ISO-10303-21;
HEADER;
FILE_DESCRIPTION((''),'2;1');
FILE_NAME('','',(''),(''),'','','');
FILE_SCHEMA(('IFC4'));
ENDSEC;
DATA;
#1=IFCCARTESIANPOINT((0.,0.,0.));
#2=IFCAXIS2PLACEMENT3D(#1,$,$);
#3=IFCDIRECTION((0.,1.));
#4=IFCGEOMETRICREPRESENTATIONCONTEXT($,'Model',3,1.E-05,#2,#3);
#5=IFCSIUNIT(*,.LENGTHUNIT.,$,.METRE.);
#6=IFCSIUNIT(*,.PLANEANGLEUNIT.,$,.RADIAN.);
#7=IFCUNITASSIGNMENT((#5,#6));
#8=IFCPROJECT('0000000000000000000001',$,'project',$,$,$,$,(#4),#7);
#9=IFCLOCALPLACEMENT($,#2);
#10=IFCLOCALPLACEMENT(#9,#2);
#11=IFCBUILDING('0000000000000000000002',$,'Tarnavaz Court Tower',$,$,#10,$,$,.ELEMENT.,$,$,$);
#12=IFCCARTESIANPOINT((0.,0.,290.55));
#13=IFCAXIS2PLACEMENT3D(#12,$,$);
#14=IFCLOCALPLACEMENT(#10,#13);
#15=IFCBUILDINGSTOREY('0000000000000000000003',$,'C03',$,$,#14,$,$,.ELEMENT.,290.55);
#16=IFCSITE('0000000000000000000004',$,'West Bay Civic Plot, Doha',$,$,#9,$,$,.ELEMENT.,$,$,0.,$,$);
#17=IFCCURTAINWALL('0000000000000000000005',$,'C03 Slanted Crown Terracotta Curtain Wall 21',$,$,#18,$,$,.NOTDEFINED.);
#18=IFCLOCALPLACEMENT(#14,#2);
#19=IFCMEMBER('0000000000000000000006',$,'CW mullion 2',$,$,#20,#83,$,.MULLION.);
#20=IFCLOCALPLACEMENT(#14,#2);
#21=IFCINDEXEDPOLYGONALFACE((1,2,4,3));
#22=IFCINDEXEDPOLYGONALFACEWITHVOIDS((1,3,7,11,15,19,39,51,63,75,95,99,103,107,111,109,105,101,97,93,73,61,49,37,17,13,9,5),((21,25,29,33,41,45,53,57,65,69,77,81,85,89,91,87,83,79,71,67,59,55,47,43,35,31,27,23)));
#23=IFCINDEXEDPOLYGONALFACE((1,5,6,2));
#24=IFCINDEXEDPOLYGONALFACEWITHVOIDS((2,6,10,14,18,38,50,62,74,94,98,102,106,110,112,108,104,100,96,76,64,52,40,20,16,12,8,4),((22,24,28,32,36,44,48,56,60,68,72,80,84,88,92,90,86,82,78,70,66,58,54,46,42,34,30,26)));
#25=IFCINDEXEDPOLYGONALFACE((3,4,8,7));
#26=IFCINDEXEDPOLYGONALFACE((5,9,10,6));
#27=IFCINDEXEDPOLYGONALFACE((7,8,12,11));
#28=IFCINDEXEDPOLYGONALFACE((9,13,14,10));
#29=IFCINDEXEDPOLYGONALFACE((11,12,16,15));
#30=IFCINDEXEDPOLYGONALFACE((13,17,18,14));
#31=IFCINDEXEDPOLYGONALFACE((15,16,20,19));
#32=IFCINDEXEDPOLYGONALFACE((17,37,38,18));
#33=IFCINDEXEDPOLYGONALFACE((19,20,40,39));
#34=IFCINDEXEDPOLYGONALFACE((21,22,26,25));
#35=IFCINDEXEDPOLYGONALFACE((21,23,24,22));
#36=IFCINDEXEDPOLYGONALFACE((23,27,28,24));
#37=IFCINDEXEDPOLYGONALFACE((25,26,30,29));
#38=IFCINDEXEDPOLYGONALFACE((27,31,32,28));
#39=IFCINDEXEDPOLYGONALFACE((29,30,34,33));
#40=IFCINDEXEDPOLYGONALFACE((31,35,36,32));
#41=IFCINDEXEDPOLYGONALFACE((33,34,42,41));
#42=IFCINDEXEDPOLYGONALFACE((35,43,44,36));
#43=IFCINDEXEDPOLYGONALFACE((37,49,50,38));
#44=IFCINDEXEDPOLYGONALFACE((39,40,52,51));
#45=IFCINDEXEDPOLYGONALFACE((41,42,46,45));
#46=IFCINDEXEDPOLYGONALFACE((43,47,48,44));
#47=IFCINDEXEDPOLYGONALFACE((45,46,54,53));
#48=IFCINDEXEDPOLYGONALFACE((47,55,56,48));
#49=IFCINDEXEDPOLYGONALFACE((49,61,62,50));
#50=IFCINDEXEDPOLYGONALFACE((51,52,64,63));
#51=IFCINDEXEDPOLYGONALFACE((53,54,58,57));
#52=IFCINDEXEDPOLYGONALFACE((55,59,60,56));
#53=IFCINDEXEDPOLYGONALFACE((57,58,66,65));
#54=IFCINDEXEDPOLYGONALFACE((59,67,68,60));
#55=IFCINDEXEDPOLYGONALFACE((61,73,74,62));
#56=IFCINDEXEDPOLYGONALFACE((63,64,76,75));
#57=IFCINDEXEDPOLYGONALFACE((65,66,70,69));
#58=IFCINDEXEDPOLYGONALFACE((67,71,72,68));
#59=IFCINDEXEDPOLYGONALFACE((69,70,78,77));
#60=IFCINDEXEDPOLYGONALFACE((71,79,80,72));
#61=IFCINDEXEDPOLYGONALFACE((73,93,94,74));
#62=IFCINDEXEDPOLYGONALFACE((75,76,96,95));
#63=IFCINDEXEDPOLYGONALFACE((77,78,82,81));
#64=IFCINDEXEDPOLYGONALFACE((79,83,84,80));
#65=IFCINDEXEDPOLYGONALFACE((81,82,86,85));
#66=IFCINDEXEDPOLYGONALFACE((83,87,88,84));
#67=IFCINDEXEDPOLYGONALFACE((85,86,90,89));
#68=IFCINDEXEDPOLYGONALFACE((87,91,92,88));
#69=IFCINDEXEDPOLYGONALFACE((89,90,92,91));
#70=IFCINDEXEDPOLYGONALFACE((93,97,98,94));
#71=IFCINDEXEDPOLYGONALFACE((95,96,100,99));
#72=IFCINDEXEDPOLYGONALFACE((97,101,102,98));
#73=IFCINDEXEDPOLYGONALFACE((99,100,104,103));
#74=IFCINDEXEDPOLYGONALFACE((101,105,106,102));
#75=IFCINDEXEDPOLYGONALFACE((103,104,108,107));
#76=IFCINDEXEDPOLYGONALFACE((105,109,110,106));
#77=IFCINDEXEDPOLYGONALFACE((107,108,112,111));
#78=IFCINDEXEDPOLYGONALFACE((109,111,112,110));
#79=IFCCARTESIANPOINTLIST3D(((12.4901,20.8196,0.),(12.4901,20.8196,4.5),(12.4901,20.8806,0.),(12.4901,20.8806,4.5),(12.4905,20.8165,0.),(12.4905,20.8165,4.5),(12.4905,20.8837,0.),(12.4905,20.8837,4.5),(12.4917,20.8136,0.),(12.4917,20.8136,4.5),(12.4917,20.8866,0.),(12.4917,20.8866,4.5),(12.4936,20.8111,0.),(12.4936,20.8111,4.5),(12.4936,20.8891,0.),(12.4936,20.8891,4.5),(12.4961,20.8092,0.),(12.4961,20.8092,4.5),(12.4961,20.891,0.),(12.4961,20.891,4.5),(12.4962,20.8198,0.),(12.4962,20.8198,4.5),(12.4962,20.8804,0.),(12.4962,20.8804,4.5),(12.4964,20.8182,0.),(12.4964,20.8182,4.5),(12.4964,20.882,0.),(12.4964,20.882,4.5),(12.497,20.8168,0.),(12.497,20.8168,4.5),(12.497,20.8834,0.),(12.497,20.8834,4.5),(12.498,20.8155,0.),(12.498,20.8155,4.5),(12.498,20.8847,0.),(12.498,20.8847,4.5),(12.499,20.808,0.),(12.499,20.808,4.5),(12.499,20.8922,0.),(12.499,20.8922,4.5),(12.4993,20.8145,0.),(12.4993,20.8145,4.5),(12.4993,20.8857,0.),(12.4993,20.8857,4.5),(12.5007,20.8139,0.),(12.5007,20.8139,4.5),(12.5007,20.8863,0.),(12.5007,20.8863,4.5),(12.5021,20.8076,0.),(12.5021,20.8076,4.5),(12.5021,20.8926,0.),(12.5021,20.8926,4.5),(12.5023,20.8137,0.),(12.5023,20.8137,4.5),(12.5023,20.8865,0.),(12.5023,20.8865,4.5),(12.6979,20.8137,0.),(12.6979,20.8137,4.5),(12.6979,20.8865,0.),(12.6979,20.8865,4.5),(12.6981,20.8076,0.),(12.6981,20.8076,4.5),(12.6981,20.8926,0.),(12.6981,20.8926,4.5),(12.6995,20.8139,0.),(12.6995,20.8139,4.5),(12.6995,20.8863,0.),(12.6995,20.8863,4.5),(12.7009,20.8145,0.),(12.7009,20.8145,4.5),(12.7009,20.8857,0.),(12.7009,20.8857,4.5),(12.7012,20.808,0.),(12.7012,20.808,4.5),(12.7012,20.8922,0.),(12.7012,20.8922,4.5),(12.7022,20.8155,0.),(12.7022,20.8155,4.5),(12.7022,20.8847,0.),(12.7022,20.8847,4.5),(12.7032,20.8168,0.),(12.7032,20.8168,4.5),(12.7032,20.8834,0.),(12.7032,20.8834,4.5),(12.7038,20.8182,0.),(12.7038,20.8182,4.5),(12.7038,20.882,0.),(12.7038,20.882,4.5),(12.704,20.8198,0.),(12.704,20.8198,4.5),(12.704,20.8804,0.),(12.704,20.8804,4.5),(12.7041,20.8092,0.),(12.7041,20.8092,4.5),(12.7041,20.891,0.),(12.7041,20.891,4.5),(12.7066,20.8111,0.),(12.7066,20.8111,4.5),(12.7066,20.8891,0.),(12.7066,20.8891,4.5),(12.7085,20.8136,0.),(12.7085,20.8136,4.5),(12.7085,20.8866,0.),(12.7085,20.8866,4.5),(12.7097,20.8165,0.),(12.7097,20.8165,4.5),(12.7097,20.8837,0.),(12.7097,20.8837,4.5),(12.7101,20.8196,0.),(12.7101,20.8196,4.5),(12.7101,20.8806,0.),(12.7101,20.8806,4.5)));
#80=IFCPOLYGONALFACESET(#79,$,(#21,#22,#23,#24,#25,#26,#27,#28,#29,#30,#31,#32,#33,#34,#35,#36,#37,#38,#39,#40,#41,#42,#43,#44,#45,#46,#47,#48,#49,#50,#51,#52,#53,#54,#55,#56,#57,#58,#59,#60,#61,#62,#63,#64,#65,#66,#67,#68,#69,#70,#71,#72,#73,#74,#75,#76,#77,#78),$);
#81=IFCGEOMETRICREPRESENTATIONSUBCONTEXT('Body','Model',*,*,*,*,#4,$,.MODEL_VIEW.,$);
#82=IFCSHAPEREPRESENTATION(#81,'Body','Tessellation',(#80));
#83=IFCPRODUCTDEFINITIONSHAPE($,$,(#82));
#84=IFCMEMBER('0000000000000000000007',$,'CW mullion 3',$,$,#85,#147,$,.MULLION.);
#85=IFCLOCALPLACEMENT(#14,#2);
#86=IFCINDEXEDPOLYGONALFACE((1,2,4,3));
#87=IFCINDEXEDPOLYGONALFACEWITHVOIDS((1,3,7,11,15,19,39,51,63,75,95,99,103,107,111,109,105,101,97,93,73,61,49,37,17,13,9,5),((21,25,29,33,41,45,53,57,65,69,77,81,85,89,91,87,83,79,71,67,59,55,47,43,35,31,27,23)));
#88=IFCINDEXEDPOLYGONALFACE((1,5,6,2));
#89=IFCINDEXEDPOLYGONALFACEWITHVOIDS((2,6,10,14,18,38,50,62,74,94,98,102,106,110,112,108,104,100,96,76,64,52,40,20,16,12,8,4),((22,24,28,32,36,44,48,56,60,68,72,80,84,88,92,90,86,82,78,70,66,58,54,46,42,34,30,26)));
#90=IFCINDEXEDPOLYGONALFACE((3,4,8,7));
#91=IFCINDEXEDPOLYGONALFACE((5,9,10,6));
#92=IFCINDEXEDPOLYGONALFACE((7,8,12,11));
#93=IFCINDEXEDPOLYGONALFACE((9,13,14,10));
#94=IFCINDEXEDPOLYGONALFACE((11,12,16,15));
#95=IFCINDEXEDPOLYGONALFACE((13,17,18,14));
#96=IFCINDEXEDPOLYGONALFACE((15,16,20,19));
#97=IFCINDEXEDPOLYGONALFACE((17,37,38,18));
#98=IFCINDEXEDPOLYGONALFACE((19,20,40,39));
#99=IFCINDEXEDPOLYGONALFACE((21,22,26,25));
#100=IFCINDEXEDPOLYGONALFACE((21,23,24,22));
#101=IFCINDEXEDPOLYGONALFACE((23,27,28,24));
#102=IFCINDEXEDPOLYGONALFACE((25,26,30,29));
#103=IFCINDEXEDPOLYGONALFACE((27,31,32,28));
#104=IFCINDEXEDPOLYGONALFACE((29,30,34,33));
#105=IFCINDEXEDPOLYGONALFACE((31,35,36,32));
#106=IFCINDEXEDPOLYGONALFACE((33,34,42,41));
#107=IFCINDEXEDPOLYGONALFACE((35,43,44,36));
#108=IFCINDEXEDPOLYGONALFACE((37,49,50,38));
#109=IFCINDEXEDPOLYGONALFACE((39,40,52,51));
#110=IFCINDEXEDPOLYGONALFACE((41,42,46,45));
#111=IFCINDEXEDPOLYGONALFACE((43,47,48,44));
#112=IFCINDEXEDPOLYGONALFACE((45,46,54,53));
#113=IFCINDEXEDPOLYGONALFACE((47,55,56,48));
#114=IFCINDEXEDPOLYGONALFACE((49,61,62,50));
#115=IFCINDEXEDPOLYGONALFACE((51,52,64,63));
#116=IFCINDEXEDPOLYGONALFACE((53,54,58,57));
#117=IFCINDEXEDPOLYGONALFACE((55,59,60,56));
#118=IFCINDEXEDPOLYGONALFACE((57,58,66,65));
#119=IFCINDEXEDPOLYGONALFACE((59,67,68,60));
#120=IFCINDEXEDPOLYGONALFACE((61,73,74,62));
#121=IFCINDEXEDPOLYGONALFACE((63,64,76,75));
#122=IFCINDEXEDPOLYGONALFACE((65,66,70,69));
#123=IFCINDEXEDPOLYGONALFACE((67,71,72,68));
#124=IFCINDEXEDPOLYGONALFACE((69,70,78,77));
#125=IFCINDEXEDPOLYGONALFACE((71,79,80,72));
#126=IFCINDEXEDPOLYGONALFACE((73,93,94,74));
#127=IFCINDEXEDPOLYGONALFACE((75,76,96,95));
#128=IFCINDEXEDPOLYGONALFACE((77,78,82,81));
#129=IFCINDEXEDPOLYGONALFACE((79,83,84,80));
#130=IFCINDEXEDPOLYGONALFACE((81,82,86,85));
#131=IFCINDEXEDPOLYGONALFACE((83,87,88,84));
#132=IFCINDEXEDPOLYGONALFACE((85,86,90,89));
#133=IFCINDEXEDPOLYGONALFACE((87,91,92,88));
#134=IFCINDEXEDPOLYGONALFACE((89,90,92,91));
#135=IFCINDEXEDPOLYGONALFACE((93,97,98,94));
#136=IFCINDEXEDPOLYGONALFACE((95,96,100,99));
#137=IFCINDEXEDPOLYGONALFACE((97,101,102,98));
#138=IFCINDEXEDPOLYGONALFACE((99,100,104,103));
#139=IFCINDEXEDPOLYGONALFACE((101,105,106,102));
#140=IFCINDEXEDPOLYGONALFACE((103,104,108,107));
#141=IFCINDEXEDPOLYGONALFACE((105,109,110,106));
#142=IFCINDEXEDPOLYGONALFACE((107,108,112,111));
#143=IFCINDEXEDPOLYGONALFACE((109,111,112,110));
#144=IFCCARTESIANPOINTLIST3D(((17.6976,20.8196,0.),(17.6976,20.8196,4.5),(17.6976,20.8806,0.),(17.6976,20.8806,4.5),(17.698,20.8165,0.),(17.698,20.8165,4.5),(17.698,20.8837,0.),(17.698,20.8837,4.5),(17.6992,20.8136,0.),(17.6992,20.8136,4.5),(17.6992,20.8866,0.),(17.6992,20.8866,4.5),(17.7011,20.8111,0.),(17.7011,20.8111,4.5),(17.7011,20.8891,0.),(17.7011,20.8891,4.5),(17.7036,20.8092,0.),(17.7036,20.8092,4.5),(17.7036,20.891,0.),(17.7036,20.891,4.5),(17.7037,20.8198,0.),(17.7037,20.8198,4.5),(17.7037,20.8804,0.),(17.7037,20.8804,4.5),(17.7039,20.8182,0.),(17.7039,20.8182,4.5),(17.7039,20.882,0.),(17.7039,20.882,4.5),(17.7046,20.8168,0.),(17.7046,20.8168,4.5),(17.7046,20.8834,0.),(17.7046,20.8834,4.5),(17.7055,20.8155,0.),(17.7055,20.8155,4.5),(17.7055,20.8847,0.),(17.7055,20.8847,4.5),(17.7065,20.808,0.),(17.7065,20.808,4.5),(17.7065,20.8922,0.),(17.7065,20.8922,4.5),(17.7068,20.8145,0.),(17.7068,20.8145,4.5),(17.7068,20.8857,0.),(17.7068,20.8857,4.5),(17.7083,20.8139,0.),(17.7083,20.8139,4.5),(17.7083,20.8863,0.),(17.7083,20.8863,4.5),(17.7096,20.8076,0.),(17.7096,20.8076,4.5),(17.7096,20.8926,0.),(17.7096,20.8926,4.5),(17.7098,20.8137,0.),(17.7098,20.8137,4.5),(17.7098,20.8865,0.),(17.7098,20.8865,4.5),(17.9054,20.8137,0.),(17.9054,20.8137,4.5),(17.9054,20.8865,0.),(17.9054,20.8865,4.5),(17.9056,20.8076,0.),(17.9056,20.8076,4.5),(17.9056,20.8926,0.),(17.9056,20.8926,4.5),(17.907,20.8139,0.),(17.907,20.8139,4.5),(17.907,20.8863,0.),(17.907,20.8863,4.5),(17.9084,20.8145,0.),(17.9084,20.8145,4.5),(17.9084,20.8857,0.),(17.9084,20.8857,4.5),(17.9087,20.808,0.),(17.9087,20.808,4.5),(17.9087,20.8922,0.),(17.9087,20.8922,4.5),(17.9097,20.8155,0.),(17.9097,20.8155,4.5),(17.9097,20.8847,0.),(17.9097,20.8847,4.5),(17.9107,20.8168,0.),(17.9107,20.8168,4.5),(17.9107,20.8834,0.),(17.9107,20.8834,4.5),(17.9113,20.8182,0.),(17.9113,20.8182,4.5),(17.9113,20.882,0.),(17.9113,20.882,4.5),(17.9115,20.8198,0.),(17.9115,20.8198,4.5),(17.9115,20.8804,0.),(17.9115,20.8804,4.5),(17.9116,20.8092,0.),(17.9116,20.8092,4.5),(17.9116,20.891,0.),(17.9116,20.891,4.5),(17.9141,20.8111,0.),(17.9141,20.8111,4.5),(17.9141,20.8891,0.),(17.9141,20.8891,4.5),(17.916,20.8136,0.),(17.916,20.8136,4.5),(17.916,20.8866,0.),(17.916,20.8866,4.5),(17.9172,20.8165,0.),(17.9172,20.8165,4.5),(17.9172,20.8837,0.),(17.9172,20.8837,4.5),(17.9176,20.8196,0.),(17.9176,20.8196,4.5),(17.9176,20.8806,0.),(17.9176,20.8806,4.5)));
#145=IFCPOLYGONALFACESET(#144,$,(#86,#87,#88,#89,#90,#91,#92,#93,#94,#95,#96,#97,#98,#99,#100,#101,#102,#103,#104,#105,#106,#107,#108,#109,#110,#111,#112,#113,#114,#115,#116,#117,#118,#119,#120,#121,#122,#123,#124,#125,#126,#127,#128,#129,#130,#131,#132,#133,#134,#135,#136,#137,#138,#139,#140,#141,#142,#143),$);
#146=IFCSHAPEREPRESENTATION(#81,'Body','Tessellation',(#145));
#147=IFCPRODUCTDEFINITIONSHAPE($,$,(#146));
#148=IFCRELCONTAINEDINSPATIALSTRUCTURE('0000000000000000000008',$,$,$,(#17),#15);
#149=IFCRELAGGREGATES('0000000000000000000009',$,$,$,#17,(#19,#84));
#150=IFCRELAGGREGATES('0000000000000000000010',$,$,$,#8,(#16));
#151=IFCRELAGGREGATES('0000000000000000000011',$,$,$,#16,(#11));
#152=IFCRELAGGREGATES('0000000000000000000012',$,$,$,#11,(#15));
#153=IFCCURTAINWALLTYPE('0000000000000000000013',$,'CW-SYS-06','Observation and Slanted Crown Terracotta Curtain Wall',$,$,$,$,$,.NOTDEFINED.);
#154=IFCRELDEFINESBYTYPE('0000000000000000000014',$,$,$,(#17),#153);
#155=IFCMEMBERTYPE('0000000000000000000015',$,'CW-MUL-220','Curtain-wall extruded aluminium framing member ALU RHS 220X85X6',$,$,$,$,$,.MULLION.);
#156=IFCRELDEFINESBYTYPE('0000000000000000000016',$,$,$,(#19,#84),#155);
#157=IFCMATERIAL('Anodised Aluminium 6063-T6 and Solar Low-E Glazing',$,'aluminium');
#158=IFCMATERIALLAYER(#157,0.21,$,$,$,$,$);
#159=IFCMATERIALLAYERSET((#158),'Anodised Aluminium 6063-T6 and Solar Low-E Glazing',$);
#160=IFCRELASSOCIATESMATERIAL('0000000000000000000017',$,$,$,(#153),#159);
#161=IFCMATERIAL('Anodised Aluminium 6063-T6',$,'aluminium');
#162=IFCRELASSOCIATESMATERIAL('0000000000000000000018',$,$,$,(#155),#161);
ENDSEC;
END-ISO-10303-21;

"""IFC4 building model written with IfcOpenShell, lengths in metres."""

from ifc_helpers import new_model, si_unit, direction, frame, origin, origin_2d, place, context, subcontext, project, spatial, hollow_rectangle, extrude, material, layer, layer_set, material_profile, profile_set, type_object, element, aggregate, save


model = new_model("IFC4")

# Units and contexts
model_context = context("Model", 3, precision=1e-05, world=origin(), true_north=direction((0.0, 1.0)))
body_context = subcontext(model_context, "Body", "Model", "MODEL_VIEW")
ifc_project = project(units=[si_unit("LENGTHUNIT", "METRE"), si_unit("PLANEANGLEUNIT", "RADIAN")], contexts=[model_context])

# Site, building, storey
site_placement = place(None, origin())
site = spatial("IfcSite", under=ifc_project, at=site_placement, Name="West Bay Civic Plot, Doha", CompositionType="ELEMENT", RefElevation=0.0)
building_placement = place(site_placement, origin())
building = spatial("IfcBuilding", under=site, at=building_placement, Name="Tarnavaz Court Tower", CompositionType="ELEMENT")
storey_placement = place(building_placement, frame((0.0, 0.0, 290.55)))
storey = spatial("IfcBuildingStorey", under=building, at=storey_placement, Name="C03", CompositionType="ELEMENT", Elevation=290.55)

# Shared definitions
ifc_material_1 = material(Name="Anodised Aluminium 6063-T6 and Solar Low-E Glazing", Category="aluminium")
ifc_layer_1 = layer(ifc_material_1, 0.21)
ifc_layer_set_1 = layer_set([ifc_layer_1], Name="Anodised Aluminium 6063-T6 and Solar Low-E Glazing")
curtain_wall_type = type_object("IfcCurtainWallType", Name="CW-SYS-06", Description="Observation and Slanted Crown Terracotta Curtain Wall", PredefinedType="NOTDEFINED", material=ifc_layer_set_1)
ifc_material_2 = material(Name="Anodised Aluminium 6063-T6", Category="aluminium")
ifc_material_profile_1 = material_profile(ifc_material_2, hollow_rectangle(XDim=0.085, YDim=0.22, WallThickness=0.0061, InnerFilletRadius=0.0061, OuterFilletRadius=0.012, at=origin_2d()), Name="ALU RHS 220X85X6")
ifc_profile_set_1 = profile_set([ifc_material_profile_1], Name="Anodised Aluminium 6063-T6")
member_type_1 = type_object("IfcMemberType", Name="CW-MUL-220", Description="Curtain-wall extruded aluminium framing member ALU RHS 220X85X6", PredefinedType="MULLION", material=ifc_profile_set_1)

# Curtain wall, members
curtain_wall_1_placement = place(storey_placement, origin())
curtain_wall_1 = element("IfcCurtainWall", 1, at=curtain_wall_1_placement, inside=storey, type_object=curtain_wall_type, Name="C03 Slanted Crown Terracotta Curtain Wall 21", PredefinedType="NOTDEFINED")
member_1_placement = place(storey_placement, frame((12.6001, 20.8501, 0.0), z_axis=(0.0, 0.0, 1.0), x_axis=(0.0, 1.0, 0.0)))
member_1 = element("IfcMember", 2, at=member_1_placement, type_object=member_type_1, Name="CW mullion 2", PredefinedType="MULLION", context=body_context, shape_type="SweptSolid", body=[
    extrude(hollow_rectangle(XDim=0.085, YDim=0.22, WallThickness=0.0061, InnerFilletRadius=0.0061, OuterFilletRadius=0.012, at=origin_2d()), origin(), (0.0, 0.0, 1.0), 4.5),
])
member_2_placement = place(storey_placement, frame((17.8076, 20.8501, 0.0), z_axis=(0.0, 0.0, 1.0), x_axis=(0.0, 1.0, 0.0)))
member_2 = element("IfcMember", 3, at=member_2_placement, type_object=member_type_1, Name="CW mullion 3", PredefinedType="MULLION", context=body_context, shape_type="SweptSolid", body=[
    extrude(hollow_rectangle(XDim=0.085, YDim=0.22, WallThickness=0.0061, InnerFilletRadius=0.0061, OuterFilletRadius=0.012, at=origin_2d()), origin(), (0.0, 0.0, 1.0), 4.5),
])

aggregate(curtain_wall_1, [member_1, member_2])

save(model, "model.ifc")
